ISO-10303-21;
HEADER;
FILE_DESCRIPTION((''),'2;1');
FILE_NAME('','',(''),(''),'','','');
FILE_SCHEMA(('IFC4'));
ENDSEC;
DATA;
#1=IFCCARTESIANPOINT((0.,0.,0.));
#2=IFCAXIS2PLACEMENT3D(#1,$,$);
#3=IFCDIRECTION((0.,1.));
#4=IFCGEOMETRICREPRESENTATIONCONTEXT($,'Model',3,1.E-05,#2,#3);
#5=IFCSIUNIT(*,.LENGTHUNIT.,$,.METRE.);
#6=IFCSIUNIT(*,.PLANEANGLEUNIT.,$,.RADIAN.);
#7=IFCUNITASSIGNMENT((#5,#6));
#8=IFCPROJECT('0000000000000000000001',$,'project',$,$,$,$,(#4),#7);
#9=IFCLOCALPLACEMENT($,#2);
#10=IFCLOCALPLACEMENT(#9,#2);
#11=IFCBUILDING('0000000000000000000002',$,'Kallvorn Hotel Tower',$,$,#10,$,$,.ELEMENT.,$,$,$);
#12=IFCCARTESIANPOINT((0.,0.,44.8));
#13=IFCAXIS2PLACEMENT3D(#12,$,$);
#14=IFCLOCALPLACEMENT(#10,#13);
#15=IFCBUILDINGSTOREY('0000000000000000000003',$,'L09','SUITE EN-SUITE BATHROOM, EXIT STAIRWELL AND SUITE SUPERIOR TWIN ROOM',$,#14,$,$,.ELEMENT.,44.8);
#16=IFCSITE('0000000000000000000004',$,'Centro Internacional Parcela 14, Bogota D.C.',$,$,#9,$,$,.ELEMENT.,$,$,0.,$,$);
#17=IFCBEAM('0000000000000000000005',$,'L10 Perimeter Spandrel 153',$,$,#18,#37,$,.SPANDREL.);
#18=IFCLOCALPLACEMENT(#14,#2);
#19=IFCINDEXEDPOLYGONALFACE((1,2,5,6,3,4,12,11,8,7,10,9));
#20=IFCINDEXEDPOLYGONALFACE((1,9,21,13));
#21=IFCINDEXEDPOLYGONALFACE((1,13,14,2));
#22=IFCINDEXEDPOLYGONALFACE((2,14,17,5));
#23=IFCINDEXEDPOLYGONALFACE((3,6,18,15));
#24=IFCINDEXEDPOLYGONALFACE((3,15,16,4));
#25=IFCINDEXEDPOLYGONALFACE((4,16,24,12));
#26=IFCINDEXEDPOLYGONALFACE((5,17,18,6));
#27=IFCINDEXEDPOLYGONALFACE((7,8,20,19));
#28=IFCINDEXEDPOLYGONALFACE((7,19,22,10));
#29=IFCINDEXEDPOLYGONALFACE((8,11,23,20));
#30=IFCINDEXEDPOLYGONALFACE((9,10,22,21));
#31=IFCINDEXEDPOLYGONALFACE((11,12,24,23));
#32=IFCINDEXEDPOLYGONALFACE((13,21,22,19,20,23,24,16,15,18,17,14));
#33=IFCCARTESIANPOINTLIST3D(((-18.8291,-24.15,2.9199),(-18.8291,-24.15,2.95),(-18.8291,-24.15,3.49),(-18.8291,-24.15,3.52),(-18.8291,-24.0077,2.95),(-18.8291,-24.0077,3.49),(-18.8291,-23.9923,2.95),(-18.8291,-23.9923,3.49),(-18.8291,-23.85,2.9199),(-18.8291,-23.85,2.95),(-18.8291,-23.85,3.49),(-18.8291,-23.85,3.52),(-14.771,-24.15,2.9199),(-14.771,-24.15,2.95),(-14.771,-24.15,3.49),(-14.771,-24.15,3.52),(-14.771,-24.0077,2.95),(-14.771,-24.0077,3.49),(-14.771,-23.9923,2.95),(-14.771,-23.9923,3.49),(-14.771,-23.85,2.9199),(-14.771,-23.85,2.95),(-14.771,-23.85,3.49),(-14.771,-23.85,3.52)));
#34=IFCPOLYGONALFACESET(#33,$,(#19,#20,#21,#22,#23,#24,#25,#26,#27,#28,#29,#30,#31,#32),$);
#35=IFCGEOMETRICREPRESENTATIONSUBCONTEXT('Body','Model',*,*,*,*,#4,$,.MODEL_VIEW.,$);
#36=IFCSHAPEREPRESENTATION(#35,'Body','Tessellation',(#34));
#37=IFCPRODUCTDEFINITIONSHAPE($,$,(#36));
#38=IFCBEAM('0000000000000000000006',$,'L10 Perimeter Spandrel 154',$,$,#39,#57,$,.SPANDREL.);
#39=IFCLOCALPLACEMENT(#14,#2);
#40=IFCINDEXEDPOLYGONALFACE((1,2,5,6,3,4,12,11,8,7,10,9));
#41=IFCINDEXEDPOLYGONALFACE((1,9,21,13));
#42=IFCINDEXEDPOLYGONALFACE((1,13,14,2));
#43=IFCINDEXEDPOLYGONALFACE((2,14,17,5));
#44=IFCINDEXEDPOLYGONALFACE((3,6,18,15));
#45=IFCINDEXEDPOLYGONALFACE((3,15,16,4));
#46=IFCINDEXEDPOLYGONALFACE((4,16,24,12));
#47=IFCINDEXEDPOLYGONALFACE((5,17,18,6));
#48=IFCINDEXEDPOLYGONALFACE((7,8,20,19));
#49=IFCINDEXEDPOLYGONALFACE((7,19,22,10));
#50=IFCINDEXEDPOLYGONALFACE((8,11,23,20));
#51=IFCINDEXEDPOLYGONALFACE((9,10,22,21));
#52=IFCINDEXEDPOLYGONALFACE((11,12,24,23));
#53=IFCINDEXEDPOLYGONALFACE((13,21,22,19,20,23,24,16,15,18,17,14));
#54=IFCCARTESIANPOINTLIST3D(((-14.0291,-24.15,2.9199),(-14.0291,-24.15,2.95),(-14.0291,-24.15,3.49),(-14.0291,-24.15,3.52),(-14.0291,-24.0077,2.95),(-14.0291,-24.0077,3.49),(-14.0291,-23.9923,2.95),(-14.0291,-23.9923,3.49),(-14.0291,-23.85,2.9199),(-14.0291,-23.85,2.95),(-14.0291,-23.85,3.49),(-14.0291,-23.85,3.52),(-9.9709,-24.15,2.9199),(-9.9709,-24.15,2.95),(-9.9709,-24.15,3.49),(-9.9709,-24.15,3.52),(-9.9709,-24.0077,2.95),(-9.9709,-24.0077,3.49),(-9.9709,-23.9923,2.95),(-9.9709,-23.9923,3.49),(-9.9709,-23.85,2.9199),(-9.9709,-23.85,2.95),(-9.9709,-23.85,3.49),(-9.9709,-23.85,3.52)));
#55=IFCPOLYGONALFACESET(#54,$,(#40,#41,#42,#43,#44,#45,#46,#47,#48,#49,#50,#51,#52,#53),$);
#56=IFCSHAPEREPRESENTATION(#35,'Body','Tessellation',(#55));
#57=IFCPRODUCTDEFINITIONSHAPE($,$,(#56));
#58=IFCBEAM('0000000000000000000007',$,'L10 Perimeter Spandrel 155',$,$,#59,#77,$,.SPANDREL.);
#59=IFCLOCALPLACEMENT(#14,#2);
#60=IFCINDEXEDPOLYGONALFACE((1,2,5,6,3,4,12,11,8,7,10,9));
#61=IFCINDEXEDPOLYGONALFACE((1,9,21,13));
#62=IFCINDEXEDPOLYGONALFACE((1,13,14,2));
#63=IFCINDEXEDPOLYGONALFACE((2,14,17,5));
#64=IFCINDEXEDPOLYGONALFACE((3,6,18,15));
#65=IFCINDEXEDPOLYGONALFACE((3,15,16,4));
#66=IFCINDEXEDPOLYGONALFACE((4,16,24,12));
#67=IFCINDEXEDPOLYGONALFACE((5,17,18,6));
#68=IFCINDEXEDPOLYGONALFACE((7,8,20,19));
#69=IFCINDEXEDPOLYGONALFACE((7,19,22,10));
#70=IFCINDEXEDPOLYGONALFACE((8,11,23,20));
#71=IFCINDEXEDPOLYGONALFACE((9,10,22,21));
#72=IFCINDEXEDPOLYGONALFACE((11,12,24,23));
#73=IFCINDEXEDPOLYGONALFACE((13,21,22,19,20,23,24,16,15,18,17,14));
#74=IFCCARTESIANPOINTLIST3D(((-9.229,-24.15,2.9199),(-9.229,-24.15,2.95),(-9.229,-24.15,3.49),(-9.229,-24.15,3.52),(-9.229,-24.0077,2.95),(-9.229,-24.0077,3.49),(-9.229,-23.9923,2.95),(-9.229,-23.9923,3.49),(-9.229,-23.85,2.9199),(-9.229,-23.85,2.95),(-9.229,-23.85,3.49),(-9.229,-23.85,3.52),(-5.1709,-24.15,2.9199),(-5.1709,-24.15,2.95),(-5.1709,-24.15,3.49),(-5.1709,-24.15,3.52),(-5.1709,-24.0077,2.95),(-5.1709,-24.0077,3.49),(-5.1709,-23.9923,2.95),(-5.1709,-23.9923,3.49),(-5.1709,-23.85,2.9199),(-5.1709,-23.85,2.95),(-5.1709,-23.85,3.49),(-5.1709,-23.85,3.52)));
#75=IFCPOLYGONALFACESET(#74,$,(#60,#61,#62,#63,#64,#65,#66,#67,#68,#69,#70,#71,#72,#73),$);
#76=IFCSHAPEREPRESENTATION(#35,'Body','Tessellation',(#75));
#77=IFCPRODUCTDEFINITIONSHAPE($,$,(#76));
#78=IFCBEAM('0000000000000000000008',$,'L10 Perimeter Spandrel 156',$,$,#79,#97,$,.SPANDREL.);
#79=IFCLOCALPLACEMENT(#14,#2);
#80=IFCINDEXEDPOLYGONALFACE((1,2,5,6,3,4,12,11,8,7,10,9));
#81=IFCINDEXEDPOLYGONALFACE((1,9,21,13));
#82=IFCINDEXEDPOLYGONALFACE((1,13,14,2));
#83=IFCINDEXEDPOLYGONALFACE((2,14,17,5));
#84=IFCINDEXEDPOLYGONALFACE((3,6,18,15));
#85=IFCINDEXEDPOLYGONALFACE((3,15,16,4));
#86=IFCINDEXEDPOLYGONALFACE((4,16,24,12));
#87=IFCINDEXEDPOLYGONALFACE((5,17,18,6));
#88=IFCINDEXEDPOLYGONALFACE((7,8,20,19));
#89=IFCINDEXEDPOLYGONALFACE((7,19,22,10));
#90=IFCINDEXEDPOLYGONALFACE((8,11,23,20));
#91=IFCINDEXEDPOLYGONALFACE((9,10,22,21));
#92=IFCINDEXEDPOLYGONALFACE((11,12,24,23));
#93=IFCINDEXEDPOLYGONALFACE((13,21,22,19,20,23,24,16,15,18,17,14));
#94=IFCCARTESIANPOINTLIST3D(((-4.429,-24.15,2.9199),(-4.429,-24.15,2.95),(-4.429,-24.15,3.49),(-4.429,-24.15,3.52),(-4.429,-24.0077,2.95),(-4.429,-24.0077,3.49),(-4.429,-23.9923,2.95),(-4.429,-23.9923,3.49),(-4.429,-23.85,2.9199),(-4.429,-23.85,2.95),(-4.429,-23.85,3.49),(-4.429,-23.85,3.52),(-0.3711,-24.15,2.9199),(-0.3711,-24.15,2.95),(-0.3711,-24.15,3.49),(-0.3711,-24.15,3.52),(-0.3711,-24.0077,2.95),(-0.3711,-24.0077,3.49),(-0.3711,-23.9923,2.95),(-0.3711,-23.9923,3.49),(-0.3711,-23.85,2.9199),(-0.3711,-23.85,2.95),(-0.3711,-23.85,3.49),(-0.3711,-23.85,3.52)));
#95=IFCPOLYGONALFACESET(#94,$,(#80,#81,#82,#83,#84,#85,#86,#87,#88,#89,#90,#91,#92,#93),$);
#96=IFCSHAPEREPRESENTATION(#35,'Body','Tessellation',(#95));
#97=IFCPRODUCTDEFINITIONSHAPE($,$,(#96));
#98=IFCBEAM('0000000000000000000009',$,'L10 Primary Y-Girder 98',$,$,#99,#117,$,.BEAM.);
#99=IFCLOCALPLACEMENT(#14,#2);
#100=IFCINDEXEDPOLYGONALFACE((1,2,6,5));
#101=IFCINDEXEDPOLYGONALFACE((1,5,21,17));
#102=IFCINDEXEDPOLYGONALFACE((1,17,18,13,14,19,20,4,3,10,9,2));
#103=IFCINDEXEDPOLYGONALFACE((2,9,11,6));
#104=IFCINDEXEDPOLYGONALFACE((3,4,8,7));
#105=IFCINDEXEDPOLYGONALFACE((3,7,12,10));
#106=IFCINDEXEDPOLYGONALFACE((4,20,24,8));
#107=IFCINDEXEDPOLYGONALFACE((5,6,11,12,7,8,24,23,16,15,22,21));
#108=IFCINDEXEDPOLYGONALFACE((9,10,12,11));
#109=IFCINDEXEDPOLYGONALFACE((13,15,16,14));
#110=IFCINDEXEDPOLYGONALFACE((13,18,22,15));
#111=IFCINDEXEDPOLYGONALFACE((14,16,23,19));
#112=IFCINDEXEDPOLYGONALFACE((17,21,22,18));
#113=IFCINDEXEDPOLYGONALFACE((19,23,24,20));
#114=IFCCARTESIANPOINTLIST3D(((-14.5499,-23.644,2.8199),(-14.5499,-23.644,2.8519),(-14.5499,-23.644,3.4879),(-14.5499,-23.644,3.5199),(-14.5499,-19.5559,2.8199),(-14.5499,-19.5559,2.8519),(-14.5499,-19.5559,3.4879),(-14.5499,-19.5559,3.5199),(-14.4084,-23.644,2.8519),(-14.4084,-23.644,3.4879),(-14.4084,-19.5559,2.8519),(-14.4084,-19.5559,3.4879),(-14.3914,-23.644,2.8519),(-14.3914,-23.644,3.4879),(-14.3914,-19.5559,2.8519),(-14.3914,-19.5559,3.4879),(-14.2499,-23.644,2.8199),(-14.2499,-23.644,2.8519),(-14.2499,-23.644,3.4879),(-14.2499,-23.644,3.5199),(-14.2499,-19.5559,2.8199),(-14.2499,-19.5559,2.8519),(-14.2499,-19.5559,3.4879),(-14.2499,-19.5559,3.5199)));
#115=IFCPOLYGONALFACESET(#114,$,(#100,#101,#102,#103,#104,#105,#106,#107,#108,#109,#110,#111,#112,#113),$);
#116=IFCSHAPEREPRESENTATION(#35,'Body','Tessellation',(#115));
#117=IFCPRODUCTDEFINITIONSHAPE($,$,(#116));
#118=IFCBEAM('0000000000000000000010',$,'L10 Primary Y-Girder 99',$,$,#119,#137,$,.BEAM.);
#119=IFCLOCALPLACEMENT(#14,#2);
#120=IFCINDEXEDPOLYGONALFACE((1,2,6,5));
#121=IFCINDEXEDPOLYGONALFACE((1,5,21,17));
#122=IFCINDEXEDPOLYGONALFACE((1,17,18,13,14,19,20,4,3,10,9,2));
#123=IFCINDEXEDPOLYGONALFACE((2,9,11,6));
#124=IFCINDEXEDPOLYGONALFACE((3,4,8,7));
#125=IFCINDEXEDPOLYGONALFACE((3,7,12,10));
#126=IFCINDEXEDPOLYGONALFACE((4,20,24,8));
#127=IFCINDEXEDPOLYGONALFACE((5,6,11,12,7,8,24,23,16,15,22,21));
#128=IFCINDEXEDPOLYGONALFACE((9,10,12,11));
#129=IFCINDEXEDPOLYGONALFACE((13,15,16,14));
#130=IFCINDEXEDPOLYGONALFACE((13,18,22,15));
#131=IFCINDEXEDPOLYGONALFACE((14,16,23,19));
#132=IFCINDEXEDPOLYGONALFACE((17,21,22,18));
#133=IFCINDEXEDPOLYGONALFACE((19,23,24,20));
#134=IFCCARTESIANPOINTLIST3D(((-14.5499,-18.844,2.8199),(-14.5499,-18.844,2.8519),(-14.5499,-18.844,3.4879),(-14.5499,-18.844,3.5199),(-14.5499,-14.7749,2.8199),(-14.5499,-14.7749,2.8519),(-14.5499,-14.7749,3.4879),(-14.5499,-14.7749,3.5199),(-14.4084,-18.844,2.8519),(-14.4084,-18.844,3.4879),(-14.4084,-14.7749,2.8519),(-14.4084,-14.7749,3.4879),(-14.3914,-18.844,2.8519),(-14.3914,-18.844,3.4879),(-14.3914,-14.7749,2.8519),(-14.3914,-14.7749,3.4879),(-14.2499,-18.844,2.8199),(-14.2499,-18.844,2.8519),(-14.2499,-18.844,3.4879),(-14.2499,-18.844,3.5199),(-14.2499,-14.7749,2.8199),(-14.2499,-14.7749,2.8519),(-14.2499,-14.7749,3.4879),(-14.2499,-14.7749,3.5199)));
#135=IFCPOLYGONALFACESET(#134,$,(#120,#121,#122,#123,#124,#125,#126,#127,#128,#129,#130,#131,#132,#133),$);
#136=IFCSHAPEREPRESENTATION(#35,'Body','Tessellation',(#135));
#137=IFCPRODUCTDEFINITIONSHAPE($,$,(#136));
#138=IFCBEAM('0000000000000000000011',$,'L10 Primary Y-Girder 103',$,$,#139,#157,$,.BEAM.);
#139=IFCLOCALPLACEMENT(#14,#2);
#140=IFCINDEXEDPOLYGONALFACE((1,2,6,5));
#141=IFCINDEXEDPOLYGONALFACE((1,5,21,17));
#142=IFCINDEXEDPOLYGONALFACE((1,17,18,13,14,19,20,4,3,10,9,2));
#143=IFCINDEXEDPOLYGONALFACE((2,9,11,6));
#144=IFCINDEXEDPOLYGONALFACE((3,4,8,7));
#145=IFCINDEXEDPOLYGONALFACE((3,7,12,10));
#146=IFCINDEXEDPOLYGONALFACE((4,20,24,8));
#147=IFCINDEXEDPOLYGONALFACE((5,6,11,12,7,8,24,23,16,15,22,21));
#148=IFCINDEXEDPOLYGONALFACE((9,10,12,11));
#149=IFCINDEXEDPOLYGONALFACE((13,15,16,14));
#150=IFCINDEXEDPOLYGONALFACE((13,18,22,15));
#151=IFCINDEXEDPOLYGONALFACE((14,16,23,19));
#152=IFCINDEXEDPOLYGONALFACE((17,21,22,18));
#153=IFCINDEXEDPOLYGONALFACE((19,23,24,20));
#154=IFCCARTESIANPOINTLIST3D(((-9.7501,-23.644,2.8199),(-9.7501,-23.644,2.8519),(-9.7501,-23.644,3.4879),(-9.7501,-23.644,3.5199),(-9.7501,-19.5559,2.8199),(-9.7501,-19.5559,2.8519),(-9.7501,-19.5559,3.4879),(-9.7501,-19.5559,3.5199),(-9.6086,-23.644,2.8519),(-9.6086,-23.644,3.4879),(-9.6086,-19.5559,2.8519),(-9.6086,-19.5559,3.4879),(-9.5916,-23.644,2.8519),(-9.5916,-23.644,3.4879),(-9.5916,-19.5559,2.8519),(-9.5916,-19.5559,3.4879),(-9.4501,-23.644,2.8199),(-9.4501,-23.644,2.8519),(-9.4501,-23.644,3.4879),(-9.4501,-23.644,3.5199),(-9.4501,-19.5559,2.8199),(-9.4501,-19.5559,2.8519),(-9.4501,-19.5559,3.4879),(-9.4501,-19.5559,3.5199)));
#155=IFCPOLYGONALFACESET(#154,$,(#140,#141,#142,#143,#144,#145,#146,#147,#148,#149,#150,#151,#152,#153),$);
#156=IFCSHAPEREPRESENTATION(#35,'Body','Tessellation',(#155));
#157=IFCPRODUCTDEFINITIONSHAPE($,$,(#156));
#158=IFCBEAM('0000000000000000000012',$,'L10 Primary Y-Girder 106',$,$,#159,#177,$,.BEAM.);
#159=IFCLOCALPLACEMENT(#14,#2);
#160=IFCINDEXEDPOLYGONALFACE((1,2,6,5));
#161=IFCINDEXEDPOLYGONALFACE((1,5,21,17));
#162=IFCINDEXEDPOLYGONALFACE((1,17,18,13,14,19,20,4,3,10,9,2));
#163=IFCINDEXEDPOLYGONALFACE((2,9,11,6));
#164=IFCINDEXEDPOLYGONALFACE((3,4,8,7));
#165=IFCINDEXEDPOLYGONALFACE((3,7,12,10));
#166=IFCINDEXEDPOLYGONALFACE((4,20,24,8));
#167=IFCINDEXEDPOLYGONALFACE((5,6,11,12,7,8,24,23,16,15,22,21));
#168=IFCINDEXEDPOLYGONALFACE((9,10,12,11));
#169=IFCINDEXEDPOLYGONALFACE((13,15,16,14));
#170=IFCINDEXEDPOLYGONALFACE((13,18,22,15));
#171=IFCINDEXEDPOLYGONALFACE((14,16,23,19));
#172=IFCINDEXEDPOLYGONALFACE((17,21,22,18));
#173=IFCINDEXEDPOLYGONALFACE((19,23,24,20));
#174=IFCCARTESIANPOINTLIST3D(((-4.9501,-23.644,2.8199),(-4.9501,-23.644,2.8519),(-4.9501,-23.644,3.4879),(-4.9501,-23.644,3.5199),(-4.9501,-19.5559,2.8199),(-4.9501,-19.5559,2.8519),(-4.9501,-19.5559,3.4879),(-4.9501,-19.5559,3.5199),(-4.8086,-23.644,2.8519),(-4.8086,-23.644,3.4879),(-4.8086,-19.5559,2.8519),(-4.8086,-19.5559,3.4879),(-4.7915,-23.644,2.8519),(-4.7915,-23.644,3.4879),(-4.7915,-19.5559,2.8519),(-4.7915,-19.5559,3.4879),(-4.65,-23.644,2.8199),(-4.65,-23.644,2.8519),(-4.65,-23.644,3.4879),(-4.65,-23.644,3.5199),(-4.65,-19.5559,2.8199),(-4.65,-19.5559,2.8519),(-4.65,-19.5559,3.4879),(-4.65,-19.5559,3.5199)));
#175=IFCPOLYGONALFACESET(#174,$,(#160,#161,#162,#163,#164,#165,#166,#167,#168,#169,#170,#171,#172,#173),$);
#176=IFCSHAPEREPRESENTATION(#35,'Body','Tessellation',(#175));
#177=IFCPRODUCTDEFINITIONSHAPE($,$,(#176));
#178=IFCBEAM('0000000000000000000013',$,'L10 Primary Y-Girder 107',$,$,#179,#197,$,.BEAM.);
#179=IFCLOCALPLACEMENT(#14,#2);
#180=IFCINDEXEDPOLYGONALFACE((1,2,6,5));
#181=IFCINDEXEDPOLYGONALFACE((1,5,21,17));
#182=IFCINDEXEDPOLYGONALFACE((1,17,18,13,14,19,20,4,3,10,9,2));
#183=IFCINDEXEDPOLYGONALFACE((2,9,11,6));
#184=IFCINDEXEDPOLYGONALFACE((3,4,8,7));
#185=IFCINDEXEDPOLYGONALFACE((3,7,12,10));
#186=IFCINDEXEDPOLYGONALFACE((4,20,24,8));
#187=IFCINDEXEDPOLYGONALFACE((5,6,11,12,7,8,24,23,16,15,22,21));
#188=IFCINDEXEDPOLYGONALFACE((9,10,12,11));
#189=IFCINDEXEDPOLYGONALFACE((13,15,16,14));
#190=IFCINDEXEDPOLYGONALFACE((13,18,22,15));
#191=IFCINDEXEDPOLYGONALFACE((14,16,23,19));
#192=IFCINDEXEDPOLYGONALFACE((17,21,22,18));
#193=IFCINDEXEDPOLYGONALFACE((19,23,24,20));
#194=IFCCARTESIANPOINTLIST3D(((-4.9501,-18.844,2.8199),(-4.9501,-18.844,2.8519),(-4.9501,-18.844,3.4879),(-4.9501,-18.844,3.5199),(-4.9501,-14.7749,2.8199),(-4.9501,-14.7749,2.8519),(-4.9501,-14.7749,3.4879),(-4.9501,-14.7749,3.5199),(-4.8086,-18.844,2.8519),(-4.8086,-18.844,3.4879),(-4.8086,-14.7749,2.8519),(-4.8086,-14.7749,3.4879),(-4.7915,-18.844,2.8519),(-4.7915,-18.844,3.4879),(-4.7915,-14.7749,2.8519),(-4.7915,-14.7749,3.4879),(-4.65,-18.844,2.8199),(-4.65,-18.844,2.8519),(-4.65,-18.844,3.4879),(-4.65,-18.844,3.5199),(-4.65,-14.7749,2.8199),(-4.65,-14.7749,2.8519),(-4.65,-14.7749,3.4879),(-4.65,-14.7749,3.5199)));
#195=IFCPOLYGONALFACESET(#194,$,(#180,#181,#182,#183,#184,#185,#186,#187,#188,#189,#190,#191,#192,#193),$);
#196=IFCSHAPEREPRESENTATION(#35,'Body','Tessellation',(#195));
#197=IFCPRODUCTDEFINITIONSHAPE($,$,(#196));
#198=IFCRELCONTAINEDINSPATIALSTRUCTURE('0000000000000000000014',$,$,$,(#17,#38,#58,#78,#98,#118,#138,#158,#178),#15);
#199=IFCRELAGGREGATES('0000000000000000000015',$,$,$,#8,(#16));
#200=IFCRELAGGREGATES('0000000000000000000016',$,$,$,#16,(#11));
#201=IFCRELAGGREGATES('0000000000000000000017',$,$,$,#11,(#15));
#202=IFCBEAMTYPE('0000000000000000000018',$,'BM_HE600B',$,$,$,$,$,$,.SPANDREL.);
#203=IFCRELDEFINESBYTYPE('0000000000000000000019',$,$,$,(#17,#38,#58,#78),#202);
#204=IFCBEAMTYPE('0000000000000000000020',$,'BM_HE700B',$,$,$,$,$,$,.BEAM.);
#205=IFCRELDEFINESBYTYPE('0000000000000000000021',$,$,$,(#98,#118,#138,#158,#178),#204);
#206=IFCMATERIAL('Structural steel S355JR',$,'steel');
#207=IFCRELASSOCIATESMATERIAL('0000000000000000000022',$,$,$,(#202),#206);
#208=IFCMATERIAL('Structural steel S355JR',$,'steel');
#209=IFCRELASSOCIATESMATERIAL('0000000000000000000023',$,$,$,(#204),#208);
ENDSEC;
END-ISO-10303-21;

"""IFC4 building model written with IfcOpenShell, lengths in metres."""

from ifc_helpers import new_model, si_unit, direction, frame, origin, origin_2d, place, context, subcontext, project, spatial, i_section, extrude, material, material_profile, profile_set, type_object, element, save


model = new_model("IFC4")

# Units and contexts
model_context = context("Model", 3, precision=1e-05, world=origin(), true_north=direction((0.0, 1.0)))
body_context = subcontext(model_context, "Body", "Model", "MODEL_VIEW")
ifc_project = project(units=[si_unit("LENGTHUNIT", "METRE"), si_unit("PLANEANGLEUNIT", "RADIAN")], contexts=[model_context])

# Site, building, storey
site_placement = place(None, origin())
site = spatial("IfcSite", under=ifc_project, at=site_placement, Name="Centro Internacional Parcela 14, Bogota D.C.", CompositionType="ELEMENT", RefElevation=0.0)
building_placement = place(site_placement, origin())
building = spatial("IfcBuilding", under=site, at=building_placement, Name="Kallvorn Hotel Tower", CompositionType="ELEMENT")
storey_placement = place(building_placement, frame((0.0, 0.0, 44.8)))
storey = spatial("IfcBuildingStorey", under=building, at=storey_placement, Name="L09", Description="SUITE EN-SUITE BATHROOM, EXIT STAIRWELL AND SUITE SUPERIOR TWIN ROOM", CompositionType="ELEMENT", Elevation=44.8)

# Beams
ifc_material_1 = material(Name="Structural steel S355JR", Category="steel")
ifc_material_profile_1 = material_profile(ifc_material_1, i_section(OverallWidth=0.3, OverallDepth=0.6001, WebThickness=0.0154, FlangeThickness=0.03, at=origin_2d()), Name="HE 600 B")
ifc_profile_set_1 = profile_set([ifc_material_profile_1], Name="Structural steel S355JR")
beam_type_1 = type_object("IfcBeamType", Name="BM_HE600B", PredefinedType="SPANDREL", material=ifc_profile_set_1)
for number, where, z_axis, x_axis, name in (
    (1, (-18.8291, -24.0, 3.22), (1.0, 0.0, 0.0), (0.0, 1.0, 0.0), "L10 Perimeter Spandrel 153"),
    (2, (-14.0291, -24.0, 3.22), (1.0, 0.0, 0.0), (0.0, 1.0, 0.0), "L10 Perimeter Spandrel 154"),
    (3, (-9.229, -24.0, 3.22), (1.0, 0.0, 0.0), (0.0, 1.0, 0.0), "L10 Perimeter Spandrel 155"),
):
    element("IfcBeam", number, at=place(storey_placement, frame(where, z_axis=z_axis, x_axis=x_axis)), inside=storey, type_object=beam_type_1, Name=name, PredefinedType="SPANDREL", context=body_context, shape_type="SweptSolid", body=[
        extrude(i_section(OverallWidth=0.3, OverallDepth=0.6001, WebThickness=0.0154, FlangeThickness=0.03, at=origin_2d()), origin(), (0.0, 0.0, 1.0), 4.0581),
    ])
beam_1_placement = place(storey_placement, frame((-4.429, -24.0, 3.22), z_axis=(1.0, 0.0, 0.0), x_axis=(0.0, 1.0, 0.0)))
element("IfcBeam", 4, at=beam_1_placement, inside=storey, type_object=beam_type_1, Name="L10 Perimeter Spandrel 156", PredefinedType="SPANDREL", context=body_context, shape_type="SweptSolid", body=[
    extrude(i_section(OverallWidth=0.3, OverallDepth=0.6001, WebThickness=0.0154, FlangeThickness=0.03, at=origin_2d()), origin(), (0.0, 0.0, 1.0), 4.0579),
])
ifc_material_2 = material(Name="Structural steel S355JR", Category="steel")
ifc_material_profile_2 = material_profile(ifc_material_2, i_section(OverallWidth=0.3, OverallDepth=0.7, WebThickness=0.0171, FlangeThickness=0.032, at=origin_2d()), Name="HE 700 B")
ifc_profile_set_2 = profile_set([ifc_material_profile_2], Name="Structural steel S355JR")
beam_type_2 = type_object("IfcBeamType", Name="BM_HE700B", PredefinedType="BEAM", material=ifc_profile_set_2)
beam_2_placement = place(storey_placement, frame((-14.3999, -23.644, 3.1699), z_axis=(0.0, 1.0, 0.0), x_axis=(-1.0, 0.0, 0.0)))
element("IfcBeam", 5, at=beam_2_placement, inside=storey, type_object=beam_type_2, Name="L10 Primary Y-Girder 98", PredefinedType="BEAM", context=body_context, shape_type="SweptSolid", body=[
    extrude(i_section(OverallWidth=0.3, OverallDepth=0.7, WebThickness=0.0171, FlangeThickness=0.032, at=origin_2d()), origin(), (0.0, 0.0, 1.0), 4.0881),
])
beam_3_placement = place(storey_placement, frame((-14.3999, -18.844, 3.1699), z_axis=(0.0, 1.0, 0.0), x_axis=(-1.0, 0.0, 0.0)))
element("IfcBeam", 6, at=beam_3_placement, inside=storey, type_object=beam_type_2, Name="L10 Primary Y-Girder 99", PredefinedType="BEAM", context=body_context, shape_type="SweptSolid", body=[
    extrude(i_section(OverallWidth=0.3, OverallDepth=0.7, WebThickness=0.0171, FlangeThickness=0.032, at=origin_2d()), origin(), (0.0, 0.0, 1.0), 4.0691),
])
for number, where, z_axis, x_axis, name in (
    (7, (-9.6001, -23.644, 3.1699), (0.0, 1.0, 0.0), (-1.0, 0.0, 0.0), "L10 Primary Y-Girder 103"),
    (8, (-4.8, -23.644, 3.1699), (0.0, 1.0, 0.0), (-1.0, 0.0, 0.0), "L10 Primary Y-Girder 106"),
):
    element("IfcBeam", number, at=place(storey_placement, frame(where, z_axis=z_axis, x_axis=x_axis)), inside=storey, type_object=beam_type_2, Name=name, PredefinedType="BEAM", context=body_context, shape_type="SweptSolid", body=[
        extrude(i_section(OverallWidth=0.3, OverallDepth=0.7, WebThickness=0.0171, FlangeThickness=0.032, at=origin_2d()), origin(), (0.0, 0.0, 1.0), 4.0881),
    ])
beam_4_placement = place(storey_placement, frame((-4.8, -18.844, 3.1699), z_axis=(0.0, 1.0, 0.0), x_axis=(-1.0, 0.0, 0.0)))
element("IfcBeam", 9, at=beam_4_placement, inside=storey, type_object=beam_type_2, Name="L10 Primary Y-Girder 107", PredefinedType="BEAM", context=body_context, shape_type="SweptSolid", body=[
    extrude(i_section(OverallWidth=0.3, OverallDepth=0.7, WebThickness=0.0171, FlangeThickness=0.032, at=origin_2d()), origin(), (0.0, 0.0, 1.0), 4.0691),
])

save(model, "model.ifc")
